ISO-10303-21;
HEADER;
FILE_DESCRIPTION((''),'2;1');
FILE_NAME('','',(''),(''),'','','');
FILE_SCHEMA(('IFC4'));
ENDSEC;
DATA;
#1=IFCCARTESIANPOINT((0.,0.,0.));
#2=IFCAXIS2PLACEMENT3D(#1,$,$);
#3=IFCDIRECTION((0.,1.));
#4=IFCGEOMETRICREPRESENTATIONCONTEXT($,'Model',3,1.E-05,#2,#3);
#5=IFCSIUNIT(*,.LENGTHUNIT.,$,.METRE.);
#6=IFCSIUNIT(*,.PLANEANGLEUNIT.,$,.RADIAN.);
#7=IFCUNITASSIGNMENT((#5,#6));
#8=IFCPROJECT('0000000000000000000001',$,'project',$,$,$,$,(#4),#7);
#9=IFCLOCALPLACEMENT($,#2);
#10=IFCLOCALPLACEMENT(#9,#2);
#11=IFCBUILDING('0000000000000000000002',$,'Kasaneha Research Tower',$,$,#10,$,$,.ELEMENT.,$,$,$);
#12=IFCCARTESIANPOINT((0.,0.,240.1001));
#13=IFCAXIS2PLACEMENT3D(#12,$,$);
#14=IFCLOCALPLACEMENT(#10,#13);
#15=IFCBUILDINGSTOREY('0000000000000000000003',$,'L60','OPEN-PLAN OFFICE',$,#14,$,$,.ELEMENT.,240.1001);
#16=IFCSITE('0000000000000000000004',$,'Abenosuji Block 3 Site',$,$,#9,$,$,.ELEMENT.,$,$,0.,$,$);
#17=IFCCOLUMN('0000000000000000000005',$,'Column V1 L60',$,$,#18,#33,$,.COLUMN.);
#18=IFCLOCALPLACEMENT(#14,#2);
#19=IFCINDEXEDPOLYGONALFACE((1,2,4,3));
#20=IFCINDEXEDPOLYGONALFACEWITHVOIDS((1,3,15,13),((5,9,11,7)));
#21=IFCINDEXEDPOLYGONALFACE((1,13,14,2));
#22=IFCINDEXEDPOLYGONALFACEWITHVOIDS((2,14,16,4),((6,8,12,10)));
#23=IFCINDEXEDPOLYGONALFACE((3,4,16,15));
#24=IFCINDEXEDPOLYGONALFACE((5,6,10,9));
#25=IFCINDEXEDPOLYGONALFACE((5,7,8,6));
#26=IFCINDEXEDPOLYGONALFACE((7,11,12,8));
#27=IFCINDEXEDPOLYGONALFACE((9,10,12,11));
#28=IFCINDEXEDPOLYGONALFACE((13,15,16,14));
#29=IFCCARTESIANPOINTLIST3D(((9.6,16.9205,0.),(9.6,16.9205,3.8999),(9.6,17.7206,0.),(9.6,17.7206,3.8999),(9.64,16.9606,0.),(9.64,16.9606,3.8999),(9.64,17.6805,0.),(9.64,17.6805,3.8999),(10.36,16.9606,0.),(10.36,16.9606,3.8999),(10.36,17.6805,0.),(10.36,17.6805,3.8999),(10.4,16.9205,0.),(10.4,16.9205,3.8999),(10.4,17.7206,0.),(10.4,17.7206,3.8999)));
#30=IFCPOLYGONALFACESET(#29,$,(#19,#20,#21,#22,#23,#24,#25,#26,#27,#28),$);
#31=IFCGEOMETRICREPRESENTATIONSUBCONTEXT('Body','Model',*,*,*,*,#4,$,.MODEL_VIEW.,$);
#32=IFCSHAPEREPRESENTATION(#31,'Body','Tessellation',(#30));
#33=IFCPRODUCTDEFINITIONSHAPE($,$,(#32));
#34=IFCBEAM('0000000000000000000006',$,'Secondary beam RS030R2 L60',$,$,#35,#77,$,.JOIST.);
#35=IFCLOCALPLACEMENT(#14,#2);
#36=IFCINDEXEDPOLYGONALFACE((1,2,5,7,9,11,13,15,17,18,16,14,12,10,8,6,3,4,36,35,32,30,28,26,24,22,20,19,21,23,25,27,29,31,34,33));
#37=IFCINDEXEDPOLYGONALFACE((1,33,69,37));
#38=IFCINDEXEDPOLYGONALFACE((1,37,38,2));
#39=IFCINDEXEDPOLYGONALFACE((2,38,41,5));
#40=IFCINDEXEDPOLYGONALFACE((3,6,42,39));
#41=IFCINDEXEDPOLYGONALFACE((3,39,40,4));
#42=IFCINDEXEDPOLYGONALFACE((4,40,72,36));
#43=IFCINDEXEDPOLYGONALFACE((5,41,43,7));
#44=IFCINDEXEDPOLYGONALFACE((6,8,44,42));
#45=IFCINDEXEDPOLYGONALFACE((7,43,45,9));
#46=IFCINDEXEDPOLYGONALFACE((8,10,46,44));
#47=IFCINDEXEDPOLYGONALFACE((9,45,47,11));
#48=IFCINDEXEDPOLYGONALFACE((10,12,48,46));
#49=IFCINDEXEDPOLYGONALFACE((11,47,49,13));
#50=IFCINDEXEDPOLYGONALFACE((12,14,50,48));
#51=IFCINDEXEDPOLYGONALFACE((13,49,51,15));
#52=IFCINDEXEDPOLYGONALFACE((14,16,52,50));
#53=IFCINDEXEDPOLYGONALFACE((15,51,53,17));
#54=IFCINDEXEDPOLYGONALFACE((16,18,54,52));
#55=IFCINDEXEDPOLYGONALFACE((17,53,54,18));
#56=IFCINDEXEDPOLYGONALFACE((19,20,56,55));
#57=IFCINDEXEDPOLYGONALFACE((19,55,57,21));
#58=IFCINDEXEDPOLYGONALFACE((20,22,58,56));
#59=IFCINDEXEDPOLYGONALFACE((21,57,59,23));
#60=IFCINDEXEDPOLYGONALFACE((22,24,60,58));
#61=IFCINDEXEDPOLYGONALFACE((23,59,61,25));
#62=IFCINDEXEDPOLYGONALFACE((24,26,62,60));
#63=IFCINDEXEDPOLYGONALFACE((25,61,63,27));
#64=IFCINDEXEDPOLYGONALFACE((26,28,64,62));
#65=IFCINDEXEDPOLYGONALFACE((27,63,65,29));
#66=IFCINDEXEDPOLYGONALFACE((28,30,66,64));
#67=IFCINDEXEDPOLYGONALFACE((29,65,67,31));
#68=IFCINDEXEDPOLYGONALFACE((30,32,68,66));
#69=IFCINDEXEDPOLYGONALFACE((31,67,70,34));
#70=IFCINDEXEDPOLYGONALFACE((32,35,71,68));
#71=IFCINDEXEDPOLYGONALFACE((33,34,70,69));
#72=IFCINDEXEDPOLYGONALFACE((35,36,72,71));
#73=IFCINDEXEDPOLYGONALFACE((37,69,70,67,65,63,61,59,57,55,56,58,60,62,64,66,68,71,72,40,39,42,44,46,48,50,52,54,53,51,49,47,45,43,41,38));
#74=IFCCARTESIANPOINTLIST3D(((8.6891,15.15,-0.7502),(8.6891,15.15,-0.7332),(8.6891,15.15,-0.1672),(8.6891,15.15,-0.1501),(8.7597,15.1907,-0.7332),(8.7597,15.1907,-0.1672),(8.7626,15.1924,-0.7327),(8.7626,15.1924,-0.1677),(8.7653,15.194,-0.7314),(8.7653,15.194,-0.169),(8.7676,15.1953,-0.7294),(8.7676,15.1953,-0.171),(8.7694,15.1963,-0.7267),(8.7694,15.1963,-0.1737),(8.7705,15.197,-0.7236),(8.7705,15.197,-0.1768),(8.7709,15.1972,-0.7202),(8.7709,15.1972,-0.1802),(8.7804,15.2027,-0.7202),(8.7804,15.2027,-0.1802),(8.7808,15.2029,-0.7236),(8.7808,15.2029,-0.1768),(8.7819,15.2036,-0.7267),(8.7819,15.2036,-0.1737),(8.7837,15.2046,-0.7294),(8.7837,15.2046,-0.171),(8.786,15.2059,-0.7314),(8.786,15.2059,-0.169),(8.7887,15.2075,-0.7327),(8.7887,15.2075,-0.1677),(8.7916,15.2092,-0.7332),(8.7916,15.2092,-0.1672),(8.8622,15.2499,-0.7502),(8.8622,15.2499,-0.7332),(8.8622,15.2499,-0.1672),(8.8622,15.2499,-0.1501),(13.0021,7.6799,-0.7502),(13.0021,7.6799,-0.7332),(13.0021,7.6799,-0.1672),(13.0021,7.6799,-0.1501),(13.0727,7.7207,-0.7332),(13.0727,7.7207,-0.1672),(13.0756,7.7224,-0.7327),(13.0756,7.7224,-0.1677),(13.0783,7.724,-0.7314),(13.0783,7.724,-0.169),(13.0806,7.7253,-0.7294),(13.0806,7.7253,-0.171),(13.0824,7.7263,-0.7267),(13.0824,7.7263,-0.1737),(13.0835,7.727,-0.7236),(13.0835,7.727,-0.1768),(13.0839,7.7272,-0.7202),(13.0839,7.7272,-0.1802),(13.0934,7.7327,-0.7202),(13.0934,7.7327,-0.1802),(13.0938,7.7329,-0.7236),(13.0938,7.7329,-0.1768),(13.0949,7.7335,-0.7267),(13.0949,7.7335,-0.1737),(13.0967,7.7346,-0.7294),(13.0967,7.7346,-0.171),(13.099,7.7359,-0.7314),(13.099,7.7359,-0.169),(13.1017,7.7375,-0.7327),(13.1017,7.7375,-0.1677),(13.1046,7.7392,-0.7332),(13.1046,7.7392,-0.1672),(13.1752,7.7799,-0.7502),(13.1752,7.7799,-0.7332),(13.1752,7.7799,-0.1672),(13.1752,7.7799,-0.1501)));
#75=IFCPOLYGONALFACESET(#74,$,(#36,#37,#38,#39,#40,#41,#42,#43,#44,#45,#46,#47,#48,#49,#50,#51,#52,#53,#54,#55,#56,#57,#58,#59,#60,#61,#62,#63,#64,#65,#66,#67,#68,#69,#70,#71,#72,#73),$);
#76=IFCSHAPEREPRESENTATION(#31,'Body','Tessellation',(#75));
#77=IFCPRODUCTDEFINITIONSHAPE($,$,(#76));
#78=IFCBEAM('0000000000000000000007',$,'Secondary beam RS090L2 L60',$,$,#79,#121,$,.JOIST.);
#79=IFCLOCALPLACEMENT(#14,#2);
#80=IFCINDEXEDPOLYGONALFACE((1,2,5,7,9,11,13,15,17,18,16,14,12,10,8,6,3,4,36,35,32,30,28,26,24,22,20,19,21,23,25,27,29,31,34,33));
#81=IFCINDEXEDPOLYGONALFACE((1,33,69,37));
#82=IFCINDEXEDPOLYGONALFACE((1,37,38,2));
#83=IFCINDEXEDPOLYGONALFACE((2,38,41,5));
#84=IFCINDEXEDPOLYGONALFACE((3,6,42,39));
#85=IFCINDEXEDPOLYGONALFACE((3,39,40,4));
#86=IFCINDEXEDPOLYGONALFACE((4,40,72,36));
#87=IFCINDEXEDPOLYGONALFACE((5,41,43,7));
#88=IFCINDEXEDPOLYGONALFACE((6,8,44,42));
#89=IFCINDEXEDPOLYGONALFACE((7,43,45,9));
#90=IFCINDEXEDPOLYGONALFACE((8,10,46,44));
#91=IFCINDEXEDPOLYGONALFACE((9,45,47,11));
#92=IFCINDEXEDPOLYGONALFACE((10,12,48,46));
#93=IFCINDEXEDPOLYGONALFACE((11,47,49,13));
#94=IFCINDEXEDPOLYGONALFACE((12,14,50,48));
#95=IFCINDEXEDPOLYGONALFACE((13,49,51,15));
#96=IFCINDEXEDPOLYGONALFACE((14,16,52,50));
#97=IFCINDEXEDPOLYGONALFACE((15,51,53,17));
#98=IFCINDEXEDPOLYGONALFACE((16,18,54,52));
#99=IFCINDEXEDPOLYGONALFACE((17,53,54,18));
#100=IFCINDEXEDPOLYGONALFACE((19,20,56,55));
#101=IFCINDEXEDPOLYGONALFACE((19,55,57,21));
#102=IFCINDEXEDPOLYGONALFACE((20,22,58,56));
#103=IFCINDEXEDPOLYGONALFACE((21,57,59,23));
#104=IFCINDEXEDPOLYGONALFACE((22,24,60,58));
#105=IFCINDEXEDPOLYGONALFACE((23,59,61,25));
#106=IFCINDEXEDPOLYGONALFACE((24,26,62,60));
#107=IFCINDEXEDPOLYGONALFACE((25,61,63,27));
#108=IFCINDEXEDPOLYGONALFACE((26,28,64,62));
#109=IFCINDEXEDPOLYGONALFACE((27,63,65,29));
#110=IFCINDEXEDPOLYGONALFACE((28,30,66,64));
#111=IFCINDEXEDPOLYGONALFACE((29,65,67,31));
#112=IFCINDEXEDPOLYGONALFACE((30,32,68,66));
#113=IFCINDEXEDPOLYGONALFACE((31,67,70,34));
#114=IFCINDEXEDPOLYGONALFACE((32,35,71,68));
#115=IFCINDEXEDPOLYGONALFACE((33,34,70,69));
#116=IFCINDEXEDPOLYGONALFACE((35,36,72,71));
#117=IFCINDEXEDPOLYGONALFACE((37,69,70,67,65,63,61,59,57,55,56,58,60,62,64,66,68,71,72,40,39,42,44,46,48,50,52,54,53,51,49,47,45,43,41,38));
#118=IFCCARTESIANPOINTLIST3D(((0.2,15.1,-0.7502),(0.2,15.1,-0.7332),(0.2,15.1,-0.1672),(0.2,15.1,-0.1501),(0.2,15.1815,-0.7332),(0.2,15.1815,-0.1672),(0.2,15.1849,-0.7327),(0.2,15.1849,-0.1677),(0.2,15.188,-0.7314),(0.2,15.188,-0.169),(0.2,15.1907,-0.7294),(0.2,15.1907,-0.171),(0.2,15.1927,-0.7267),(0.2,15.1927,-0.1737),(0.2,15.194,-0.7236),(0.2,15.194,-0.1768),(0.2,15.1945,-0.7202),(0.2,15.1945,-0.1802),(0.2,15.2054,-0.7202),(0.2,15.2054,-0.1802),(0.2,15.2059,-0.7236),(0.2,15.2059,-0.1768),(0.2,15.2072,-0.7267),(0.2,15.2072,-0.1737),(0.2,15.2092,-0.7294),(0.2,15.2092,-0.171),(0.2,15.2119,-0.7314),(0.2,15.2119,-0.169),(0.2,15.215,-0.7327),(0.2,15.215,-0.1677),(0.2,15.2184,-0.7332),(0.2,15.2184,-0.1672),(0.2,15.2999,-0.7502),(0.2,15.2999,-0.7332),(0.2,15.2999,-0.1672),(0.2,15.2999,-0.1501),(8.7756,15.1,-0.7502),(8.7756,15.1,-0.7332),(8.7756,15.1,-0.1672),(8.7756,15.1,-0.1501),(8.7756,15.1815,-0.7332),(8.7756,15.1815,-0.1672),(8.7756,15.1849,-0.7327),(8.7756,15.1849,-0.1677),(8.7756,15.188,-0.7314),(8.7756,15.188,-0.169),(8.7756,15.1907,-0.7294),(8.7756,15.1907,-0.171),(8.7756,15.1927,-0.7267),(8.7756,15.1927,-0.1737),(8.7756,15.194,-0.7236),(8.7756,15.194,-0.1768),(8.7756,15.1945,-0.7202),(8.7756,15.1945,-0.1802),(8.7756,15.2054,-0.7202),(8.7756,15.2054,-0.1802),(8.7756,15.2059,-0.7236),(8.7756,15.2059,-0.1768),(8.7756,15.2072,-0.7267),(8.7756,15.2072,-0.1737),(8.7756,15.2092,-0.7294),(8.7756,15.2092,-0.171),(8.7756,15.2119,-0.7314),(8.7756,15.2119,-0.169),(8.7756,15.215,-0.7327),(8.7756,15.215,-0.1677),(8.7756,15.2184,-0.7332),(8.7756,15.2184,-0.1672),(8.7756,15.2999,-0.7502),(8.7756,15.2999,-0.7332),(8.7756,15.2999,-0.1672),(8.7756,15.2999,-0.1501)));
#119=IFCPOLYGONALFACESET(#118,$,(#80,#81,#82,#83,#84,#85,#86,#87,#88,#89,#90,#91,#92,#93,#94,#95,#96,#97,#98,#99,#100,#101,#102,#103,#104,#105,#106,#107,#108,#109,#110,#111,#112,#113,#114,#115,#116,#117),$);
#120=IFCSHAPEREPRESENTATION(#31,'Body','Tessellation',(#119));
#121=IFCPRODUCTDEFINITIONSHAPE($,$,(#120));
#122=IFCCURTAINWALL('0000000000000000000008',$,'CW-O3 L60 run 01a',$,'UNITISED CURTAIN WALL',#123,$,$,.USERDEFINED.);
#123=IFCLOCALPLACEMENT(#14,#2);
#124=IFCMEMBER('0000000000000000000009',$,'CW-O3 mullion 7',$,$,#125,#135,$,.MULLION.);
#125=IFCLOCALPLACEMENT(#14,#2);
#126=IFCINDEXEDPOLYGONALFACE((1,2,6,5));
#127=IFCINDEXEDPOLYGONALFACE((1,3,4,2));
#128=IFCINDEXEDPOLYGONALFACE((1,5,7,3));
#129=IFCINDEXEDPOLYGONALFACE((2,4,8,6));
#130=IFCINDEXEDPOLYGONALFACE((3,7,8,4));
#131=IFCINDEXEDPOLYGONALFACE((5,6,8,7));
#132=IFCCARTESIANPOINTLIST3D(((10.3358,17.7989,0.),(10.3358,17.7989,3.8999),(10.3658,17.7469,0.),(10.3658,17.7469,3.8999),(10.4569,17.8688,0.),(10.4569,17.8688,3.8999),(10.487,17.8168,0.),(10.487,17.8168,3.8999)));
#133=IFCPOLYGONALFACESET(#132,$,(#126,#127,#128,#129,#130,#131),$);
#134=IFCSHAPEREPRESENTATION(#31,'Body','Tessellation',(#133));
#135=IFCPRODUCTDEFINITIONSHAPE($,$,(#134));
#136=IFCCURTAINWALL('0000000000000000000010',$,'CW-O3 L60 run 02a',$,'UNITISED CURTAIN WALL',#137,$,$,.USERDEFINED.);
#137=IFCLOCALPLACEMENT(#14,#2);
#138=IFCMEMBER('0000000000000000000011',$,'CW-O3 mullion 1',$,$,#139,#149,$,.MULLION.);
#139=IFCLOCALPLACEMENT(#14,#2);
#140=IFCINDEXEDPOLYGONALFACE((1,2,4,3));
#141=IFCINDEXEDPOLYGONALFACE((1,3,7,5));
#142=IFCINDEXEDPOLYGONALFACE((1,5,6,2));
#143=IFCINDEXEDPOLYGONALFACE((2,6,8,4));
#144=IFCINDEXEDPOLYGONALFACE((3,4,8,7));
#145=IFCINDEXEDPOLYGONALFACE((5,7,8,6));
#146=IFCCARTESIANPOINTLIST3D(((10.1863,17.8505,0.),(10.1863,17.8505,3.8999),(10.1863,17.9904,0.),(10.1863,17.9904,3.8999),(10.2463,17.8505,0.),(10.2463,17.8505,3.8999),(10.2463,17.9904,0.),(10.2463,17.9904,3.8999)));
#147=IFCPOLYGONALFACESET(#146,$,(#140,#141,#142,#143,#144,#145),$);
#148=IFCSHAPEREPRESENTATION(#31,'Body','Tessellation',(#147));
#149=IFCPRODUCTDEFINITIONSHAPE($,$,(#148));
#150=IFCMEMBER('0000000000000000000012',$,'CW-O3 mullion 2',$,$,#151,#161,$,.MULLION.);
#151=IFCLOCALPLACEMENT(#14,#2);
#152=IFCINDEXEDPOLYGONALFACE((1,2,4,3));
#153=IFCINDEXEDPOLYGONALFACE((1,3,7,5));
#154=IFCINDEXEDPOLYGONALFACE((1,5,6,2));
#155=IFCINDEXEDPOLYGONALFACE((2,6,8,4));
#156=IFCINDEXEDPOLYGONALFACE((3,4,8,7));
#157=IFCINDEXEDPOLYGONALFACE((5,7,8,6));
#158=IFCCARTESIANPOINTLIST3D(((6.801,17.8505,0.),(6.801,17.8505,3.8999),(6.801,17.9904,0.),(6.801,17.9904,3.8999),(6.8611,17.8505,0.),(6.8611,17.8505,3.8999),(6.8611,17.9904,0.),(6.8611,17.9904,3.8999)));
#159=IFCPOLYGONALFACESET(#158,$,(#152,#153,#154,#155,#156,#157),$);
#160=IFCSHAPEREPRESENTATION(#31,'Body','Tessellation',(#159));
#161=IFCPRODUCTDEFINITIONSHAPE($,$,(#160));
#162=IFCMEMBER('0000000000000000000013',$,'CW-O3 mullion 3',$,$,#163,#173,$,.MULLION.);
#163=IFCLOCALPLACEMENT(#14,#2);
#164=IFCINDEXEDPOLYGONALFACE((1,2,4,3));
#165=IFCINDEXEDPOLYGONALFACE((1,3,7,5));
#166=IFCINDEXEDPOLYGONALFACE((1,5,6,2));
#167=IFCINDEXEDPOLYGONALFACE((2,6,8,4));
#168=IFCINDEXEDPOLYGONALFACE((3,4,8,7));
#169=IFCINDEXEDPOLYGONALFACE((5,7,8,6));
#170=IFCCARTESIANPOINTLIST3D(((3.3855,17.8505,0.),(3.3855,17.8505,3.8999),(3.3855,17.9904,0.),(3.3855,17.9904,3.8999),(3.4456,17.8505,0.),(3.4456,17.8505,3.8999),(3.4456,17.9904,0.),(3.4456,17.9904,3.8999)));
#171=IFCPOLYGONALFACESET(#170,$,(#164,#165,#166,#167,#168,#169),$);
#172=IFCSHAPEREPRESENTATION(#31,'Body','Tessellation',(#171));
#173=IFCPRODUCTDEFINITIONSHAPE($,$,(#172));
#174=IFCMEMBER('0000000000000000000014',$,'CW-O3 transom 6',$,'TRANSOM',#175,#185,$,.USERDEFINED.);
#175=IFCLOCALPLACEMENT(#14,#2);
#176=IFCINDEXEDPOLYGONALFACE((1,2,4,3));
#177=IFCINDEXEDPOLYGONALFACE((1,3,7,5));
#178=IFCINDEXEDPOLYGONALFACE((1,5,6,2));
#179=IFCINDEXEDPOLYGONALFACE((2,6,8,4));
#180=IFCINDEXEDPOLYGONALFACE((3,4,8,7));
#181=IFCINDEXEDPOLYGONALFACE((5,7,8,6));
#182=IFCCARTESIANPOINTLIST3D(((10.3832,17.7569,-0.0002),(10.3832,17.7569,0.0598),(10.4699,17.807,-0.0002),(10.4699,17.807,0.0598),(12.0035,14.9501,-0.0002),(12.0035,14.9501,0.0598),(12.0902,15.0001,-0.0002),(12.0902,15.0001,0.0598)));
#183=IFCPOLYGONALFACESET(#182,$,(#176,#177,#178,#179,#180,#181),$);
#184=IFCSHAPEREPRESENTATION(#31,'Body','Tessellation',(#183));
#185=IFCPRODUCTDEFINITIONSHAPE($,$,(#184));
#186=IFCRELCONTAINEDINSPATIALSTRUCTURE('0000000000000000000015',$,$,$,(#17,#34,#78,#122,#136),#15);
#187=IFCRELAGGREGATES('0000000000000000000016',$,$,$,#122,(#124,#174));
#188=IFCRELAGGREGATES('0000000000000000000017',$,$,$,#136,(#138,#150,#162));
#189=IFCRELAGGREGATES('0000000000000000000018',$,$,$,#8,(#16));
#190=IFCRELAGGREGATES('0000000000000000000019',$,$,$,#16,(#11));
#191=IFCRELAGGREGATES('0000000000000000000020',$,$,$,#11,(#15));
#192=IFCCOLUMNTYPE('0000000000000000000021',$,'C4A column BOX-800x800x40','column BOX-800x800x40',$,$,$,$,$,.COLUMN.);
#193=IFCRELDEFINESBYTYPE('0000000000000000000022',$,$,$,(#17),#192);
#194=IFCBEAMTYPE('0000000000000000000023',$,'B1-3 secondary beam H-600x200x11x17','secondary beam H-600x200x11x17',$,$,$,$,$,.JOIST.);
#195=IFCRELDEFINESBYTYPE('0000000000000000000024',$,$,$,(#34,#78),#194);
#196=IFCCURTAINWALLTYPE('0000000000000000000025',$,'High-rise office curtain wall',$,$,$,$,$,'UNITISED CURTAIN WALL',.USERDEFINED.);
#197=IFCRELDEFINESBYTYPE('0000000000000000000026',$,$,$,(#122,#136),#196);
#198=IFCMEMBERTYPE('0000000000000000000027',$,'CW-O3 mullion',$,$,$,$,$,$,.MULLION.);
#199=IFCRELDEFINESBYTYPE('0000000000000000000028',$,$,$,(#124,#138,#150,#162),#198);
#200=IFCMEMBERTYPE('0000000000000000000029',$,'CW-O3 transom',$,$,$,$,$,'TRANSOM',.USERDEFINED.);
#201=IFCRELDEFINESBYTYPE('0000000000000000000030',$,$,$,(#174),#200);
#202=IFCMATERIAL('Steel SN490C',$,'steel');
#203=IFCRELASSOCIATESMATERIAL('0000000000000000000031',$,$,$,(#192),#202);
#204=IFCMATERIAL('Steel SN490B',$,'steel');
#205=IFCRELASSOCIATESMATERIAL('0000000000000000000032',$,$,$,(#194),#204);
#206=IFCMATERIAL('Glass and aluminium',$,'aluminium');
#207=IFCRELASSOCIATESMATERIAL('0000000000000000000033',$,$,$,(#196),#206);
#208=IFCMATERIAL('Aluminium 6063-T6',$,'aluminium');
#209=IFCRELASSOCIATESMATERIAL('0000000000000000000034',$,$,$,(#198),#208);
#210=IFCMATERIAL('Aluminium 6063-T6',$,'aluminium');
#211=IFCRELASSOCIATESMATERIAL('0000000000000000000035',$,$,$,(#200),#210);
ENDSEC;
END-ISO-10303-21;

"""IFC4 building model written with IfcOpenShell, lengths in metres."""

from ifc_helpers import new_model, si_unit, direction, frame, origin, origin_2d, place, context, subcontext, project, spatial, rectangle, hollow_rectangle, i_section, extrude, material, material_profile, profile_set, type_object, element, aggregate, save


model = new_model("IFC4")

# Units and contexts
model_context = context("Model", 3, precision=1e-05, world=origin(), true_north=direction((0.0, 1.0)))
body_context = subcontext(model_context, "Body", "Model", "MODEL_VIEW")
ifc_project = project(units=[si_unit("LENGTHUNIT", "METRE"), si_unit("PLANEANGLEUNIT", "RADIAN")], contexts=[model_context])

# Site, building, storey
site_placement = place(None, origin())
site = spatial("IfcSite", under=ifc_project, at=site_placement, Name="Abenosuji Block 3 Site", CompositionType="ELEMENT", RefElevation=0.0)
building_placement = place(site_placement, origin())
building = spatial("IfcBuilding", under=site, at=building_placement, Name="Kasaneha Research Tower", CompositionType="ELEMENT")
storey_placement = place(building_placement, frame((0.0, 0.0, 240.1001)))
storey = spatial("IfcBuildingStorey", under=building, at=storey_placement, Name="L60", Description="OPEN-PLAN OFFICE", CompositionType="ELEMENT", Elevation=240.1001)

# Column
ifc_material_1 = material(Name="Steel SN490C", Category="steel")
ifc_material_profile_1 = material_profile(ifc_material_1, hollow_rectangle(XDim=0.8, YDim=0.8, WallThickness=0.04, at=origin_2d()), Name="BOX-800x800x40")
ifc_profile_set_1 = profile_set([ifc_material_profile_1], Name="Steel SN490C")
column_type = type_object("IfcColumnType", Name="C4A column BOX-800x800x40", Description="column BOX-800x800x40", PredefinedType="COLUMN", material=ifc_profile_set_1)
column_placement = place(storey_placement, frame((10.0, 17.3206, 0.0), z_axis=(0.0, 0.0, 1.0), x_axis=(1.0, 0.0, 0.0)))
element("IfcColumn", 1, at=column_placement, inside=storey, type_object=column_type, Name="Column V1 L60", PredefinedType="COLUMN", context=body_context, shape_type="SweptSolid", body=[
    extrude(hollow_rectangle(XDim=0.8, YDim=0.8, WallThickness=0.04, at=origin_2d()), origin(), (0.0, 0.0, 1.0), 3.8999),
])

# Beams
ifc_material_2 = material(Name="Steel SN490B", Category="steel")
ifc_material_profile_2 = material_profile(ifc_material_2, i_section(OverallWidth=0.2, OverallDepth=0.6001, WebThickness=0.011, FlangeThickness=0.0171, FilletRadius=0.0129, at=origin_2d()), Name="H-600x200x11x17")
ifc_profile_set_2 = profile_set([ifc_material_profile_2], Name="Steel SN490B")
beam_type_1 = type_object("IfcBeamType", Name="B1-3 secondary beam H-600x200x11x17", Description="secondary beam H-600x200x11x17", PredefinedType="JOIST", material=ifc_profile_set_2)
beam_1_placement = place(storey_placement, frame((8.7756, 15.2, -0.4502), z_axis=(0.500017, -0.866015, 0.0), x_axis=(0.866015, 0.500017, 0.0)))
element("IfcBeam", 2, at=beam_1_placement, inside=storey, type_object=beam_type_1, Name="Secondary beam RS030R2 L60", PredefinedType="JOIST", context=body_context, shape_type="SweptSolid", body=[
    extrude(i_section(OverallWidth=0.2, OverallDepth=0.6001, WebThickness=0.011, FlangeThickness=0.0171, FilletRadius=0.0129, at=origin_2d()), origin(), (0.0, 0.0, 1.0), 8.6257),
])
beam_2_placement = place(storey_placement, frame((8.7756, 15.2, -0.4502), z_axis=(-1.0, 0.0, 0.0), x_axis=(0.0, -1.0, 0.0)))
element("IfcBeam", 3, at=beam_2_placement, inside=storey, type_object=beam_type_1, Name="Secondary beam RS090L2 L60", PredefinedType="JOIST", context=body_context, shape_type="SweptSolid", body=[
    extrude(i_section(OverallWidth=0.2, OverallDepth=0.6001, WebThickness=0.011, FlangeThickness=0.0171, FilletRadius=0.0129, at=origin_2d()), origin(), (0.0, 0.0, 1.0), 8.5757),
])

# Curtain wall, member
ifc_material_3 = material(Name="Glass and aluminium", Category="aluminium")
curtain_wall_type = type_object("IfcCurtainWallType", Name="High-rise office curtain wall", ElementType="UNITISED CURTAIN WALL", PredefinedType="USERDEFINED", material=ifc_material_3)
curtain_wall_1_placement = place(storey_placement, origin())
curtain_wall_1 = element("IfcCurtainWall", 4, at=curtain_wall_1_placement, inside=storey, type_object=curtain_wall_type, Name="CW-O3 L60 run 01a", ObjectType="UNITISED CURTAIN WALL", PredefinedType="USERDEFINED")
ifc_material_4 = material(Name="Aluminium 6063-T6", Category="aluminium")
ifc_material_profile_3 = material_profile(ifc_material_4, rectangle(XDim=0.0601, YDim=0.1399, at=origin_2d()), Name="CW-O3 mullion 60x140")
ifc_profile_set_3 = profile_set([ifc_material_profile_3], Name="Aluminium 6063-T6")
member_type_1 = type_object("IfcMemberType", Name="CW-O3 mullion", PredefinedType="MULLION", material=ifc_profile_set_3)
member_1_placement = place(storey_placement, frame((10.4114, 17.8079, 0.0), z_axis=(0.0, 0.0, 1.0), x_axis=(-0.5, 0.866025, 0.0)))
member_1 = element("IfcMember", 5, at=member_1_placement, type_object=member_type_1, Name="CW-O3 mullion 7", PredefinedType="MULLION", context=body_context, shape_type="SweptSolid", body=[
    extrude(rectangle(XDim=0.0601, YDim=0.1399, at=origin_2d()), origin(), (0.0, 0.0, 1.0), 3.8999),
])

# Curtain wall, members
curtain_wall_2_placement = place(storey_placement, origin())
curtain_wall_2 = element("IfcCurtainWall", 6, at=curtain_wall_2_placement, inside=storey, type_object=curtain_wall_type, Name="CW-O3 L60 run 02a", ObjectType="UNITISED CURTAIN WALL", PredefinedType="USERDEFINED")
member_2_placement = place(storey_placement, frame((10.2163, 17.9204, 0.0), z_axis=(0.0, 0.0, 1.0), x_axis=(-1.0, 0.0, 0.0)))
member_2 = element("IfcMember", 7, at=member_2_placement, type_object=member_type_1, Name="CW-O3 mullion 1", PredefinedType="MULLION", context=body_context, shape_type="SweptSolid", body=[
    extrude(rectangle(XDim=0.0601, YDim=0.1399, at=origin_2d()), origin(), (0.0, 0.0, 1.0), 3.8999),
])
member_3_placement = place(storey_placement, frame((6.8311, 17.9204, 0.0), z_axis=(0.0, 0.0, 1.0), x_axis=(-1.0, 0.0, 0.0)))
member_3 = element("IfcMember", 8, at=member_3_placement, type_object=member_type_1, Name="CW-O3 mullion 2", PredefinedType="MULLION", context=body_context, shape_type="SweptSolid", body=[
    extrude(rectangle(XDim=0.0601, YDim=0.1399, at=origin_2d()), origin(), (0.0, 0.0, 1.0), 3.8999),
])
member_4_placement = place(storey_placement, frame((3.4155, 17.9204, 0.0), z_axis=(0.0, 0.0, 1.0), x_axis=(-1.0, 0.0, 0.0)))
member_4 = element("IfcMember", 9, at=member_4_placement, type_object=member_type_1, Name="CW-O3 mullion 3", PredefinedType="MULLION", context=body_context, shape_type="SweptSolid", body=[
    extrude(rectangle(XDim=0.0601, YDim=0.1399, at=origin_2d()), origin(), (0.0, 0.0, 1.0), 3.8999),
])

# Member
ifc_material_5 = material(Name="Aluminium 6063-T6", Category="aluminium")
ifc_material_profile_4 = material_profile(ifc_material_5, rectangle(XDim=0.1001, YDim=0.0601, at=origin_2d()), Name="CW-O3 transom 100x60")
ifc_profile_set_4 = profile_set([ifc_material_profile_4], Name="Aluminium 6063-T6")
member_type_2 = type_object("IfcMemberType", Name="CW-O3 transom", ElementType="TRANSOM", PredefinedType="USERDEFINED", material=ifc_profile_set_4)
member_5_placement = place(storey_placement, frame((12.0469, 14.9751, 0.0298), z_axis=(-0.499955, 0.866051, 0.0), x_axis=(-0.866051, -0.499955, 0.0)))
member_5 = element("IfcMember", 10, at=member_5_placement, type_object=member_type_2, Name="CW-O3 transom 6", ObjectType="TRANSOM", PredefinedType="USERDEFINED", context=body_context, shape_type="SweptSolid", body=[
    extrude(rectangle(XDim=0.1001, YDim=0.0601, at=origin_2d()), origin(), (0.0, 0.0, 1.0), 3.241),
])

aggregate(curtain_wall_1, [member_1, member_5])
aggregate(curtain_wall_2, [member_2, member_3, member_4])

save(model, "model.ifc")
